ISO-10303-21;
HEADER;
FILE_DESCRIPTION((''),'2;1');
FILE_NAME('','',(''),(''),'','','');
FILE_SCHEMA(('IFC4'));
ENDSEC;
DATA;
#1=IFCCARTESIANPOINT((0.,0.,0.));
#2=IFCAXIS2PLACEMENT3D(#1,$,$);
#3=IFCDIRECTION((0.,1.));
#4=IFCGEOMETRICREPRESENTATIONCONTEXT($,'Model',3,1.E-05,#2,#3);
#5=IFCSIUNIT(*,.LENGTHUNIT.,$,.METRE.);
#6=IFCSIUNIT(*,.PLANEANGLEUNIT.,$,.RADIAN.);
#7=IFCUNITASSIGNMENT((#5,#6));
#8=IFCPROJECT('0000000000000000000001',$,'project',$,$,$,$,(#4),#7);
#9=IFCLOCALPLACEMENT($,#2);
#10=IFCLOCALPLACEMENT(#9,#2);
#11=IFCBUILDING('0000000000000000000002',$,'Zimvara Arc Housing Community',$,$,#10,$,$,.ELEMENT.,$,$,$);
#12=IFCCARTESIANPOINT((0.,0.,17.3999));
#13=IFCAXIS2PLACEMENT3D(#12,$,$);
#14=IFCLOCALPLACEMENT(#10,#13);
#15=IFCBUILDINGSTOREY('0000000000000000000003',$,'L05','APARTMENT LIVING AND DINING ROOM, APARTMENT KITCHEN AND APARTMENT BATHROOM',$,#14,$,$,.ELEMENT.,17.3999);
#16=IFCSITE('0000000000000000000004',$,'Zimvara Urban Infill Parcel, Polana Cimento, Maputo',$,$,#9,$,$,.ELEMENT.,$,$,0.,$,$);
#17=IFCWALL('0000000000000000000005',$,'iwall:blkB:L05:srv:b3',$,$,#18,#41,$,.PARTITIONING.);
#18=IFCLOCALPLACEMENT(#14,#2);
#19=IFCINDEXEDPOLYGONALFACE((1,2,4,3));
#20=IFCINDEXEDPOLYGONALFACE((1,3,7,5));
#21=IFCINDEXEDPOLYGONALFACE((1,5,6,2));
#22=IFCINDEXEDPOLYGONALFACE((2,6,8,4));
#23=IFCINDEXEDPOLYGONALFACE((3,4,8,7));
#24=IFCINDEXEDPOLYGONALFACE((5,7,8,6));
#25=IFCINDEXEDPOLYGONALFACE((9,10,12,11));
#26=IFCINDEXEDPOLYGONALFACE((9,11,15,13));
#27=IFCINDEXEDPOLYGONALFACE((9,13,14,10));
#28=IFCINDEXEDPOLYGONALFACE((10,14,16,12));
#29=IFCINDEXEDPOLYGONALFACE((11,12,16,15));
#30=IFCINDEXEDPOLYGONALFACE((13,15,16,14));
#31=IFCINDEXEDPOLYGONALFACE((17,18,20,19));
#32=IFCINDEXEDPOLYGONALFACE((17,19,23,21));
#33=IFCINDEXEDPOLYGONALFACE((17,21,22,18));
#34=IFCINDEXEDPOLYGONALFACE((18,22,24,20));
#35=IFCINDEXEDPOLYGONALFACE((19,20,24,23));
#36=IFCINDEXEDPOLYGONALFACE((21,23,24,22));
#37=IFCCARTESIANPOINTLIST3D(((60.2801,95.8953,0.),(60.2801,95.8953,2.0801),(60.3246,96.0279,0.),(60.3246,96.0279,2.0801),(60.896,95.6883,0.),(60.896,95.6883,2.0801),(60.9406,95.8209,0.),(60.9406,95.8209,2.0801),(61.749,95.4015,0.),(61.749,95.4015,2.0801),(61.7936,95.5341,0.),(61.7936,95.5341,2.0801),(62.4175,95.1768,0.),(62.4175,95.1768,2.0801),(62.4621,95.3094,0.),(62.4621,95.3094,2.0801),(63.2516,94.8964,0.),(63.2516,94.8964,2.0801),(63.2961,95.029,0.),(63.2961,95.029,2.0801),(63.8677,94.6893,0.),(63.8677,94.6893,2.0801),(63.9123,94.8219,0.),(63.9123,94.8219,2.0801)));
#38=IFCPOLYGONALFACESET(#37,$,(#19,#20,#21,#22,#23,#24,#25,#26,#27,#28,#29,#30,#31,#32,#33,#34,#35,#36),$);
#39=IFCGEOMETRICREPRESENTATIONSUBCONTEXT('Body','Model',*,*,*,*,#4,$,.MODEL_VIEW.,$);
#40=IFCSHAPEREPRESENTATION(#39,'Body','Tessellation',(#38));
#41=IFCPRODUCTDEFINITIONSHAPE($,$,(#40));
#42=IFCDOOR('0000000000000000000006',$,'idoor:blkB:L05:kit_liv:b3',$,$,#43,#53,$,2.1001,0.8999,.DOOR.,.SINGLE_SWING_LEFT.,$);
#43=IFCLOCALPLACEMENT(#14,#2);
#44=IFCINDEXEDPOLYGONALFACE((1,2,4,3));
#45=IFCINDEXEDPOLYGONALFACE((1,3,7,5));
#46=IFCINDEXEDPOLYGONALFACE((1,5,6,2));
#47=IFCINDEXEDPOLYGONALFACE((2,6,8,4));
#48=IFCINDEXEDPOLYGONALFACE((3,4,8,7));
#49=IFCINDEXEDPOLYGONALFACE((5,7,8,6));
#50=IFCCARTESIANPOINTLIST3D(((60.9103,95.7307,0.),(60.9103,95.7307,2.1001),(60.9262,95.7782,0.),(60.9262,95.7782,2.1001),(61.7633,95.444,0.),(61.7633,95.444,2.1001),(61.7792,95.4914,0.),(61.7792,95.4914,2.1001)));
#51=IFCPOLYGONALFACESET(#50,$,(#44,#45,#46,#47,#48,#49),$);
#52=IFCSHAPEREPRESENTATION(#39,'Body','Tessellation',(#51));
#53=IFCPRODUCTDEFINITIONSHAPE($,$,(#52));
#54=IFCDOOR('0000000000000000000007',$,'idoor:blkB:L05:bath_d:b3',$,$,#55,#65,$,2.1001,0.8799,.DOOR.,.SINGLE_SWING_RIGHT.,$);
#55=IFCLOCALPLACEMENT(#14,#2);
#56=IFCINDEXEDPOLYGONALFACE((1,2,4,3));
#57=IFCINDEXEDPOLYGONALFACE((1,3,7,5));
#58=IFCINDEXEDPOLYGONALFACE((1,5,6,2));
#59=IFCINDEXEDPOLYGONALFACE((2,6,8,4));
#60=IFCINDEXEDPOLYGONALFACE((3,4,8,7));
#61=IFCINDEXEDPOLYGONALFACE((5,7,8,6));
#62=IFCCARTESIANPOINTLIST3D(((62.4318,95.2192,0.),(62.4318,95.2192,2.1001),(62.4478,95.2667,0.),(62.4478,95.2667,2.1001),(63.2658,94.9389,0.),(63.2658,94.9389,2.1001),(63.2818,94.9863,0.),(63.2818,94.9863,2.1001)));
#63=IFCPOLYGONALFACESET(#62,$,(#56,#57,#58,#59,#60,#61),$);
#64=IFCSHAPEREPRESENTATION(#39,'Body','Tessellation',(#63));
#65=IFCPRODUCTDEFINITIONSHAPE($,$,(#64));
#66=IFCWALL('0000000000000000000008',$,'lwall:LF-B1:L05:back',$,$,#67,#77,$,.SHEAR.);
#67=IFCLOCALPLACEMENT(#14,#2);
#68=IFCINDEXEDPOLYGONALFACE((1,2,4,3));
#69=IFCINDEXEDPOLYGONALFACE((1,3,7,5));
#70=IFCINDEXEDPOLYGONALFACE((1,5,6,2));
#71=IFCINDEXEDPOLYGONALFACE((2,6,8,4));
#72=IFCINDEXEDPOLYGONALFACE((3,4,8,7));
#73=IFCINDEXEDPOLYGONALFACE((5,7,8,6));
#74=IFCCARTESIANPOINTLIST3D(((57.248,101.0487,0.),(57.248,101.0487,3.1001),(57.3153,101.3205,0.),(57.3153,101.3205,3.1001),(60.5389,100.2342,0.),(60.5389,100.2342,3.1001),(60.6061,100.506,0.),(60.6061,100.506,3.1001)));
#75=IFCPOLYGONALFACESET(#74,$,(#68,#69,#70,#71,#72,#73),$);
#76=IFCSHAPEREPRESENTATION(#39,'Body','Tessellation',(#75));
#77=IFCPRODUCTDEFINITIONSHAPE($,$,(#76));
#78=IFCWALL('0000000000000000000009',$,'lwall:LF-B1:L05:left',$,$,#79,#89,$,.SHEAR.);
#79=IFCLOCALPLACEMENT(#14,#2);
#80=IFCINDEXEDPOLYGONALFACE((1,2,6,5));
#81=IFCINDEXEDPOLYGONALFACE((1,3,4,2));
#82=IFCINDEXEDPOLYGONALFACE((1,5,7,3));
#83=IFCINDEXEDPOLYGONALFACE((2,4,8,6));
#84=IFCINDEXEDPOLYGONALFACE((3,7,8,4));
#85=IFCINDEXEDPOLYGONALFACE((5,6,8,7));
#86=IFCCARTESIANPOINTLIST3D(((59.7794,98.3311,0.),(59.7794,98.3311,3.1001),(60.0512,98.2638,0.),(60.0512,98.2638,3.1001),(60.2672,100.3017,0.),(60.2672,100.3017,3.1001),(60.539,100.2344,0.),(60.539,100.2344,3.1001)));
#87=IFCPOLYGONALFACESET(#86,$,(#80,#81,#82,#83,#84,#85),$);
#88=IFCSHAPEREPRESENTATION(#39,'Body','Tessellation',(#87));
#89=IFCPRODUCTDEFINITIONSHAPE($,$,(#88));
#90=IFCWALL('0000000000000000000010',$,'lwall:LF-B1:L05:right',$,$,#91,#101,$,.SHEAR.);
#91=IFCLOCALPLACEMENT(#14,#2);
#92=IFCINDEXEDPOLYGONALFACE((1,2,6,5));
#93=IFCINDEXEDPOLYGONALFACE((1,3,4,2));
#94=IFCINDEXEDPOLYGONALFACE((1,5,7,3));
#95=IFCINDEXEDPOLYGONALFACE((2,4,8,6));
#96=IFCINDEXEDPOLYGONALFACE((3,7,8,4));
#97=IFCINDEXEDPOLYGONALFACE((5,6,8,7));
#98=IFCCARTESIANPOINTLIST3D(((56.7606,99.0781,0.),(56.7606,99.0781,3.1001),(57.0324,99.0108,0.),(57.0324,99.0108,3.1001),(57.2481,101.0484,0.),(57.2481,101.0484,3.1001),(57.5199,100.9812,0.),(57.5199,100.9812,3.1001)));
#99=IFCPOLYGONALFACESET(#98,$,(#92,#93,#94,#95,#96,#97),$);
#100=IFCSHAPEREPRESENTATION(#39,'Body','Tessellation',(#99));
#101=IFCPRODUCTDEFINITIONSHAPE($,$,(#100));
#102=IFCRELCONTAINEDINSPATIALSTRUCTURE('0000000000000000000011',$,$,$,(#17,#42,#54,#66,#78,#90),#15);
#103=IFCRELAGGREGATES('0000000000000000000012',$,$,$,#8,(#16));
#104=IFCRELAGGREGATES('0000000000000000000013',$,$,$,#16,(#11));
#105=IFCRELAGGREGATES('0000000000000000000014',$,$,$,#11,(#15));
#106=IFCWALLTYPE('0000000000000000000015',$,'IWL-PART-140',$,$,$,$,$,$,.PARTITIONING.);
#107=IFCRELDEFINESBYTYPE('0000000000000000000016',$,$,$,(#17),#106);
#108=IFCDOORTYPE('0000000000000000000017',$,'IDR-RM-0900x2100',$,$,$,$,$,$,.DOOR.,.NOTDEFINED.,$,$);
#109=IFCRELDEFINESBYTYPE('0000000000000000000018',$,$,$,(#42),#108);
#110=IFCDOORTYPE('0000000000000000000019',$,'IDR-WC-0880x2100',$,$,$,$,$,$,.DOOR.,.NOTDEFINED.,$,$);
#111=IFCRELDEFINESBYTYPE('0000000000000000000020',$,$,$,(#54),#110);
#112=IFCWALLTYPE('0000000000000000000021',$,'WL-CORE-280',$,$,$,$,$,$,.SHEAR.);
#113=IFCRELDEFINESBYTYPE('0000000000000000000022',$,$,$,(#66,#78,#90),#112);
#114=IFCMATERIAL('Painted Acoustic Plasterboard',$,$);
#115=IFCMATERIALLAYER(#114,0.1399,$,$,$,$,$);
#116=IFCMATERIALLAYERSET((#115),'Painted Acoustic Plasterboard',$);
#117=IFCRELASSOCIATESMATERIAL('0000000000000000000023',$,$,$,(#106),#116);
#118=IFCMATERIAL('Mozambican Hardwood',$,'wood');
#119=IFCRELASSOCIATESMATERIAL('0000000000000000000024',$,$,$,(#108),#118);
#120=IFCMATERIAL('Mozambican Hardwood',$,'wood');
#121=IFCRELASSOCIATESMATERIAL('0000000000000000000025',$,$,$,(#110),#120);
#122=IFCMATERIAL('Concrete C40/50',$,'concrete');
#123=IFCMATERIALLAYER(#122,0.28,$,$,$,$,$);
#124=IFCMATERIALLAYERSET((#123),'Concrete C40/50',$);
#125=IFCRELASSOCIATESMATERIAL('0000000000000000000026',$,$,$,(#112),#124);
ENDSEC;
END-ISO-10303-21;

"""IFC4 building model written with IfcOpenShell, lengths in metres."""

from ifc_helpers import new_model, si_unit, direction, frame, frame_2d, origin, place, context, subcontext, project, spatial, rectangle, extrude, material, layer, layer_set, type_object, element, fill, save


model = new_model("IFC4")

# Units and contexts
model_context = context("Model", 3, precision=1e-05, world=origin(), true_north=direction((0.0, 1.0)))
body_context = subcontext(model_context, "Body", "Model", "MODEL_VIEW")
ifc_project = project(units=[si_unit("LENGTHUNIT", "METRE"), si_unit("PLANEANGLEUNIT", "RADIAN")], contexts=[model_context])

# Site, building, storey
site_placement = place(None, origin())
site = spatial("IfcSite", under=ifc_project, at=site_placement, Name="Zimvara Urban Infill Parcel, Polana Cimento, Maputo", CompositionType="ELEMENT", RefElevation=0.0)
building_placement = place(site_placement, origin())
building = spatial("IfcBuilding", under=site, at=building_placement, Name="Zimvara Arc Housing Community", CompositionType="ELEMENT")
storey_placement = place(building_placement, frame((0.0, 0.0, 17.3999)))
storey = spatial("IfcBuildingStorey", under=building, at=storey_placement, Name="L05", Description="APARTMENT LIVING AND DINING ROOM, APARTMENT KITCHEN AND APARTMENT BATHROOM", CompositionType="ELEMENT", Elevation=17.3999)

# Wall, openings, doors
ifc_material_1 = material(Name="Painted Acoustic Plasterboard")
ifc_layer_1 = layer(ifc_material_1, 0.1399)
ifc_layer_set_1 = layer_set([ifc_layer_1], Name="Painted Acoustic Plasterboard")
wall_type_1 = type_object("IfcWallType", Name="IWL-PART-140", PredefinedType="PARTITIONING", material=ifc_layer_set_1)
wall_1_placement = place(storey_placement, frame((60.3022, 95.9617, 0.0), z_axis=(0.0, 0.0, 1.0), x_axis=(0.947874, -0.318646, 0.0)))
wall_1 = element("IfcWall", 1, at=wall_1_placement, inside=storey, type_object=wall_type_1, Name="iwall:blkB:L05:srv:b3", PredefinedType="PARTITIONING", context=body_context, shape_type="SweptSolid", body=[
    extrude(rectangle(XDim=3.7849, YDim=0.1399, at=frame_2d((1.8926, 0.0))), origin(), (0.0, 0.0, 1.0), 2.0801),
])
opening_1_placement = place(wall_1_placement, frame((0.6499, 0.0, 0.0)))
opening_1 = element("IfcOpeningElement", 2, at=opening_1_placement, cuts=wall_1, PredefinedType="OPENING", context=body_context, shape_type="SweptSolid", body=[
    extrude(rectangle(XDim=0.8999, YDim=2.1001, at=frame_2d((0.45, 1.05))), frame((0.0, 0.0798, 0.0), z_axis=(0.0, -1.0, 0.0), x_axis=(1.0, 0.0, 0.0)), (0.0, 0.0, 1.0), 0.1599),
])
opening_2_placement = place(wall_1_placement, frame((2.2551, 0.0, 0.0)))
opening_2 = element("IfcOpeningElement", 3, at=opening_2_placement, cuts=wall_1, PredefinedType="OPENING", context=body_context, shape_type="SweptSolid", body=[
    extrude(rectangle(XDim=0.8799, YDim=2.1001, at=frame_2d((0.4399, 1.05))), frame((0.0, 0.0798, 0.0), z_axis=(0.0, -1.0, 0.0), x_axis=(1.0, 0.0, 0.0)), (0.0, 0.0, 1.0), 0.1599),
])
ifc_material_2 = material(Name="Mozambican Hardwood", Category="wood")
door_type_1 = type_object("IfcDoorType", Name="IDR-RM-0900x2100", OperationType="NOTDEFINED", PredefinedType="DOOR", material=ifc_material_2)
door_1_placement = place(opening_1_placement, origin())
door_1 = element("IfcDoor", 4, at=door_1_placement, inside=storey, type_object=door_type_1, Name="idoor:blkB:L05:kit_liv:b3", OperationType="SINGLE_SWING_LEFT", OverallHeight=2.1001, OverallWidth=0.8999, PredefinedType="DOOR", context=body_context, shape_type="SweptSolid", body=[
    extrude(rectangle(XDim=0.8999, YDim=2.1001, at=frame_2d((0.45, 1.05))), frame((0.0, 0.0249, 0.0), z_axis=(0.0, -1.0, 0.0), x_axis=(1.0, 0.0, 0.0)), (0.0, 0.0, 1.0), 0.05),
])
fill(opening_1, door_1)
ifc_material_3 = material(Name="Mozambican Hardwood", Category="wood")
door_type_2 = type_object("IfcDoorType", Name="IDR-WC-0880x2100", OperationType="NOTDEFINED", PredefinedType="DOOR", material=ifc_material_3)
door_2_placement = place(opening_2_placement, origin())
door_2 = element("IfcDoor", 5, at=door_2_placement, inside=storey, type_object=door_type_2, Name="idoor:blkB:L05:bath_d:b3", OperationType="SINGLE_SWING_RIGHT", OverallHeight=2.1001, OverallWidth=0.8799, PredefinedType="DOOR", context=body_context, shape_type="SweptSolid", body=[
    extrude(rectangle(XDim=0.8799, YDim=2.1001, at=frame_2d((0.4399, 1.05))), frame((0.0, 0.0249, 0.0), z_axis=(0.0, -1.0, 0.0), x_axis=(1.0, 0.0, 0.0)), (0.0, 0.0, 1.0), 0.05),
])
fill(opening_2, door_2)

# Shared definitions
ifc_material_4 = material(Name="Concrete C40/50", Category="concrete")
ifc_layer_2 = layer(ifc_material_4, 0.28)
ifc_layer_set_2 = layer_set([ifc_layer_2], Name="Concrete C40/50")
wall_type_2 = type_object("IfcWallType", Name="WL-CORE-280", PredefinedType="SHEAR", material=ifc_layer_set_2)

# Walls
wall_2_placement = place(storey_placement, frame((60.5725, 100.3701, 0.0), z_axis=(0.0, 0.0, 1.0), x_axis=(-0.970712, 0.240247, 0.0)))
element("IfcWall", 6, at=wall_2_placement, inside=storey, type_object=wall_type_2, Name="lwall:LF-B1:L05:back", PredefinedType="SHEAR", context=body_context, shape_type="SweptSolid", body=[
    extrude(rectangle(XDim=3.3901, YDim=0.28, at=frame_2d((1.6951, 0.0))), origin(), (0.0, 0.0, 1.0), 3.1001),
])
wall_3_placement = place(storey_placement, frame((59.9153, 98.2974, 0.0), z_axis=(0.0, 0.0, 1.0), x_axis=(0.240299, 0.970699, 0.0)))
element("IfcWall", 7, at=wall_3_placement, inside=storey, type_object=wall_type_2, Name="lwall:LF-B1:L05:left", PredefinedType="SHEAR", context=body_context, shape_type="SweptSolid", body=[
    extrude(rectangle(XDim=2.03, YDim=0.28, at=frame_2d((1.0151, 0.0))), origin(), (0.0, 0.0, 1.0), 3.1001),
])
wall_4_placement = place(storey_placement, frame((56.8965, 99.0444, 0.0), z_axis=(0.0, 0.0, 1.0), x_axis=(0.240186, 0.970727, 0.0)))
element("IfcWall", 8, at=wall_4_placement, inside=storey, type_object=wall_type_2, Name="lwall:LF-B1:L05:right", PredefinedType="SHEAR", context=body_context, shape_type="SweptSolid", body=[
    extrude(rectangle(XDim=2.0298, YDim=0.28, at=frame_2d((1.0149, 0.0))), origin(), (0.0, 0.0, 1.0), 3.1001),
])

save(model, "model.ifc")
